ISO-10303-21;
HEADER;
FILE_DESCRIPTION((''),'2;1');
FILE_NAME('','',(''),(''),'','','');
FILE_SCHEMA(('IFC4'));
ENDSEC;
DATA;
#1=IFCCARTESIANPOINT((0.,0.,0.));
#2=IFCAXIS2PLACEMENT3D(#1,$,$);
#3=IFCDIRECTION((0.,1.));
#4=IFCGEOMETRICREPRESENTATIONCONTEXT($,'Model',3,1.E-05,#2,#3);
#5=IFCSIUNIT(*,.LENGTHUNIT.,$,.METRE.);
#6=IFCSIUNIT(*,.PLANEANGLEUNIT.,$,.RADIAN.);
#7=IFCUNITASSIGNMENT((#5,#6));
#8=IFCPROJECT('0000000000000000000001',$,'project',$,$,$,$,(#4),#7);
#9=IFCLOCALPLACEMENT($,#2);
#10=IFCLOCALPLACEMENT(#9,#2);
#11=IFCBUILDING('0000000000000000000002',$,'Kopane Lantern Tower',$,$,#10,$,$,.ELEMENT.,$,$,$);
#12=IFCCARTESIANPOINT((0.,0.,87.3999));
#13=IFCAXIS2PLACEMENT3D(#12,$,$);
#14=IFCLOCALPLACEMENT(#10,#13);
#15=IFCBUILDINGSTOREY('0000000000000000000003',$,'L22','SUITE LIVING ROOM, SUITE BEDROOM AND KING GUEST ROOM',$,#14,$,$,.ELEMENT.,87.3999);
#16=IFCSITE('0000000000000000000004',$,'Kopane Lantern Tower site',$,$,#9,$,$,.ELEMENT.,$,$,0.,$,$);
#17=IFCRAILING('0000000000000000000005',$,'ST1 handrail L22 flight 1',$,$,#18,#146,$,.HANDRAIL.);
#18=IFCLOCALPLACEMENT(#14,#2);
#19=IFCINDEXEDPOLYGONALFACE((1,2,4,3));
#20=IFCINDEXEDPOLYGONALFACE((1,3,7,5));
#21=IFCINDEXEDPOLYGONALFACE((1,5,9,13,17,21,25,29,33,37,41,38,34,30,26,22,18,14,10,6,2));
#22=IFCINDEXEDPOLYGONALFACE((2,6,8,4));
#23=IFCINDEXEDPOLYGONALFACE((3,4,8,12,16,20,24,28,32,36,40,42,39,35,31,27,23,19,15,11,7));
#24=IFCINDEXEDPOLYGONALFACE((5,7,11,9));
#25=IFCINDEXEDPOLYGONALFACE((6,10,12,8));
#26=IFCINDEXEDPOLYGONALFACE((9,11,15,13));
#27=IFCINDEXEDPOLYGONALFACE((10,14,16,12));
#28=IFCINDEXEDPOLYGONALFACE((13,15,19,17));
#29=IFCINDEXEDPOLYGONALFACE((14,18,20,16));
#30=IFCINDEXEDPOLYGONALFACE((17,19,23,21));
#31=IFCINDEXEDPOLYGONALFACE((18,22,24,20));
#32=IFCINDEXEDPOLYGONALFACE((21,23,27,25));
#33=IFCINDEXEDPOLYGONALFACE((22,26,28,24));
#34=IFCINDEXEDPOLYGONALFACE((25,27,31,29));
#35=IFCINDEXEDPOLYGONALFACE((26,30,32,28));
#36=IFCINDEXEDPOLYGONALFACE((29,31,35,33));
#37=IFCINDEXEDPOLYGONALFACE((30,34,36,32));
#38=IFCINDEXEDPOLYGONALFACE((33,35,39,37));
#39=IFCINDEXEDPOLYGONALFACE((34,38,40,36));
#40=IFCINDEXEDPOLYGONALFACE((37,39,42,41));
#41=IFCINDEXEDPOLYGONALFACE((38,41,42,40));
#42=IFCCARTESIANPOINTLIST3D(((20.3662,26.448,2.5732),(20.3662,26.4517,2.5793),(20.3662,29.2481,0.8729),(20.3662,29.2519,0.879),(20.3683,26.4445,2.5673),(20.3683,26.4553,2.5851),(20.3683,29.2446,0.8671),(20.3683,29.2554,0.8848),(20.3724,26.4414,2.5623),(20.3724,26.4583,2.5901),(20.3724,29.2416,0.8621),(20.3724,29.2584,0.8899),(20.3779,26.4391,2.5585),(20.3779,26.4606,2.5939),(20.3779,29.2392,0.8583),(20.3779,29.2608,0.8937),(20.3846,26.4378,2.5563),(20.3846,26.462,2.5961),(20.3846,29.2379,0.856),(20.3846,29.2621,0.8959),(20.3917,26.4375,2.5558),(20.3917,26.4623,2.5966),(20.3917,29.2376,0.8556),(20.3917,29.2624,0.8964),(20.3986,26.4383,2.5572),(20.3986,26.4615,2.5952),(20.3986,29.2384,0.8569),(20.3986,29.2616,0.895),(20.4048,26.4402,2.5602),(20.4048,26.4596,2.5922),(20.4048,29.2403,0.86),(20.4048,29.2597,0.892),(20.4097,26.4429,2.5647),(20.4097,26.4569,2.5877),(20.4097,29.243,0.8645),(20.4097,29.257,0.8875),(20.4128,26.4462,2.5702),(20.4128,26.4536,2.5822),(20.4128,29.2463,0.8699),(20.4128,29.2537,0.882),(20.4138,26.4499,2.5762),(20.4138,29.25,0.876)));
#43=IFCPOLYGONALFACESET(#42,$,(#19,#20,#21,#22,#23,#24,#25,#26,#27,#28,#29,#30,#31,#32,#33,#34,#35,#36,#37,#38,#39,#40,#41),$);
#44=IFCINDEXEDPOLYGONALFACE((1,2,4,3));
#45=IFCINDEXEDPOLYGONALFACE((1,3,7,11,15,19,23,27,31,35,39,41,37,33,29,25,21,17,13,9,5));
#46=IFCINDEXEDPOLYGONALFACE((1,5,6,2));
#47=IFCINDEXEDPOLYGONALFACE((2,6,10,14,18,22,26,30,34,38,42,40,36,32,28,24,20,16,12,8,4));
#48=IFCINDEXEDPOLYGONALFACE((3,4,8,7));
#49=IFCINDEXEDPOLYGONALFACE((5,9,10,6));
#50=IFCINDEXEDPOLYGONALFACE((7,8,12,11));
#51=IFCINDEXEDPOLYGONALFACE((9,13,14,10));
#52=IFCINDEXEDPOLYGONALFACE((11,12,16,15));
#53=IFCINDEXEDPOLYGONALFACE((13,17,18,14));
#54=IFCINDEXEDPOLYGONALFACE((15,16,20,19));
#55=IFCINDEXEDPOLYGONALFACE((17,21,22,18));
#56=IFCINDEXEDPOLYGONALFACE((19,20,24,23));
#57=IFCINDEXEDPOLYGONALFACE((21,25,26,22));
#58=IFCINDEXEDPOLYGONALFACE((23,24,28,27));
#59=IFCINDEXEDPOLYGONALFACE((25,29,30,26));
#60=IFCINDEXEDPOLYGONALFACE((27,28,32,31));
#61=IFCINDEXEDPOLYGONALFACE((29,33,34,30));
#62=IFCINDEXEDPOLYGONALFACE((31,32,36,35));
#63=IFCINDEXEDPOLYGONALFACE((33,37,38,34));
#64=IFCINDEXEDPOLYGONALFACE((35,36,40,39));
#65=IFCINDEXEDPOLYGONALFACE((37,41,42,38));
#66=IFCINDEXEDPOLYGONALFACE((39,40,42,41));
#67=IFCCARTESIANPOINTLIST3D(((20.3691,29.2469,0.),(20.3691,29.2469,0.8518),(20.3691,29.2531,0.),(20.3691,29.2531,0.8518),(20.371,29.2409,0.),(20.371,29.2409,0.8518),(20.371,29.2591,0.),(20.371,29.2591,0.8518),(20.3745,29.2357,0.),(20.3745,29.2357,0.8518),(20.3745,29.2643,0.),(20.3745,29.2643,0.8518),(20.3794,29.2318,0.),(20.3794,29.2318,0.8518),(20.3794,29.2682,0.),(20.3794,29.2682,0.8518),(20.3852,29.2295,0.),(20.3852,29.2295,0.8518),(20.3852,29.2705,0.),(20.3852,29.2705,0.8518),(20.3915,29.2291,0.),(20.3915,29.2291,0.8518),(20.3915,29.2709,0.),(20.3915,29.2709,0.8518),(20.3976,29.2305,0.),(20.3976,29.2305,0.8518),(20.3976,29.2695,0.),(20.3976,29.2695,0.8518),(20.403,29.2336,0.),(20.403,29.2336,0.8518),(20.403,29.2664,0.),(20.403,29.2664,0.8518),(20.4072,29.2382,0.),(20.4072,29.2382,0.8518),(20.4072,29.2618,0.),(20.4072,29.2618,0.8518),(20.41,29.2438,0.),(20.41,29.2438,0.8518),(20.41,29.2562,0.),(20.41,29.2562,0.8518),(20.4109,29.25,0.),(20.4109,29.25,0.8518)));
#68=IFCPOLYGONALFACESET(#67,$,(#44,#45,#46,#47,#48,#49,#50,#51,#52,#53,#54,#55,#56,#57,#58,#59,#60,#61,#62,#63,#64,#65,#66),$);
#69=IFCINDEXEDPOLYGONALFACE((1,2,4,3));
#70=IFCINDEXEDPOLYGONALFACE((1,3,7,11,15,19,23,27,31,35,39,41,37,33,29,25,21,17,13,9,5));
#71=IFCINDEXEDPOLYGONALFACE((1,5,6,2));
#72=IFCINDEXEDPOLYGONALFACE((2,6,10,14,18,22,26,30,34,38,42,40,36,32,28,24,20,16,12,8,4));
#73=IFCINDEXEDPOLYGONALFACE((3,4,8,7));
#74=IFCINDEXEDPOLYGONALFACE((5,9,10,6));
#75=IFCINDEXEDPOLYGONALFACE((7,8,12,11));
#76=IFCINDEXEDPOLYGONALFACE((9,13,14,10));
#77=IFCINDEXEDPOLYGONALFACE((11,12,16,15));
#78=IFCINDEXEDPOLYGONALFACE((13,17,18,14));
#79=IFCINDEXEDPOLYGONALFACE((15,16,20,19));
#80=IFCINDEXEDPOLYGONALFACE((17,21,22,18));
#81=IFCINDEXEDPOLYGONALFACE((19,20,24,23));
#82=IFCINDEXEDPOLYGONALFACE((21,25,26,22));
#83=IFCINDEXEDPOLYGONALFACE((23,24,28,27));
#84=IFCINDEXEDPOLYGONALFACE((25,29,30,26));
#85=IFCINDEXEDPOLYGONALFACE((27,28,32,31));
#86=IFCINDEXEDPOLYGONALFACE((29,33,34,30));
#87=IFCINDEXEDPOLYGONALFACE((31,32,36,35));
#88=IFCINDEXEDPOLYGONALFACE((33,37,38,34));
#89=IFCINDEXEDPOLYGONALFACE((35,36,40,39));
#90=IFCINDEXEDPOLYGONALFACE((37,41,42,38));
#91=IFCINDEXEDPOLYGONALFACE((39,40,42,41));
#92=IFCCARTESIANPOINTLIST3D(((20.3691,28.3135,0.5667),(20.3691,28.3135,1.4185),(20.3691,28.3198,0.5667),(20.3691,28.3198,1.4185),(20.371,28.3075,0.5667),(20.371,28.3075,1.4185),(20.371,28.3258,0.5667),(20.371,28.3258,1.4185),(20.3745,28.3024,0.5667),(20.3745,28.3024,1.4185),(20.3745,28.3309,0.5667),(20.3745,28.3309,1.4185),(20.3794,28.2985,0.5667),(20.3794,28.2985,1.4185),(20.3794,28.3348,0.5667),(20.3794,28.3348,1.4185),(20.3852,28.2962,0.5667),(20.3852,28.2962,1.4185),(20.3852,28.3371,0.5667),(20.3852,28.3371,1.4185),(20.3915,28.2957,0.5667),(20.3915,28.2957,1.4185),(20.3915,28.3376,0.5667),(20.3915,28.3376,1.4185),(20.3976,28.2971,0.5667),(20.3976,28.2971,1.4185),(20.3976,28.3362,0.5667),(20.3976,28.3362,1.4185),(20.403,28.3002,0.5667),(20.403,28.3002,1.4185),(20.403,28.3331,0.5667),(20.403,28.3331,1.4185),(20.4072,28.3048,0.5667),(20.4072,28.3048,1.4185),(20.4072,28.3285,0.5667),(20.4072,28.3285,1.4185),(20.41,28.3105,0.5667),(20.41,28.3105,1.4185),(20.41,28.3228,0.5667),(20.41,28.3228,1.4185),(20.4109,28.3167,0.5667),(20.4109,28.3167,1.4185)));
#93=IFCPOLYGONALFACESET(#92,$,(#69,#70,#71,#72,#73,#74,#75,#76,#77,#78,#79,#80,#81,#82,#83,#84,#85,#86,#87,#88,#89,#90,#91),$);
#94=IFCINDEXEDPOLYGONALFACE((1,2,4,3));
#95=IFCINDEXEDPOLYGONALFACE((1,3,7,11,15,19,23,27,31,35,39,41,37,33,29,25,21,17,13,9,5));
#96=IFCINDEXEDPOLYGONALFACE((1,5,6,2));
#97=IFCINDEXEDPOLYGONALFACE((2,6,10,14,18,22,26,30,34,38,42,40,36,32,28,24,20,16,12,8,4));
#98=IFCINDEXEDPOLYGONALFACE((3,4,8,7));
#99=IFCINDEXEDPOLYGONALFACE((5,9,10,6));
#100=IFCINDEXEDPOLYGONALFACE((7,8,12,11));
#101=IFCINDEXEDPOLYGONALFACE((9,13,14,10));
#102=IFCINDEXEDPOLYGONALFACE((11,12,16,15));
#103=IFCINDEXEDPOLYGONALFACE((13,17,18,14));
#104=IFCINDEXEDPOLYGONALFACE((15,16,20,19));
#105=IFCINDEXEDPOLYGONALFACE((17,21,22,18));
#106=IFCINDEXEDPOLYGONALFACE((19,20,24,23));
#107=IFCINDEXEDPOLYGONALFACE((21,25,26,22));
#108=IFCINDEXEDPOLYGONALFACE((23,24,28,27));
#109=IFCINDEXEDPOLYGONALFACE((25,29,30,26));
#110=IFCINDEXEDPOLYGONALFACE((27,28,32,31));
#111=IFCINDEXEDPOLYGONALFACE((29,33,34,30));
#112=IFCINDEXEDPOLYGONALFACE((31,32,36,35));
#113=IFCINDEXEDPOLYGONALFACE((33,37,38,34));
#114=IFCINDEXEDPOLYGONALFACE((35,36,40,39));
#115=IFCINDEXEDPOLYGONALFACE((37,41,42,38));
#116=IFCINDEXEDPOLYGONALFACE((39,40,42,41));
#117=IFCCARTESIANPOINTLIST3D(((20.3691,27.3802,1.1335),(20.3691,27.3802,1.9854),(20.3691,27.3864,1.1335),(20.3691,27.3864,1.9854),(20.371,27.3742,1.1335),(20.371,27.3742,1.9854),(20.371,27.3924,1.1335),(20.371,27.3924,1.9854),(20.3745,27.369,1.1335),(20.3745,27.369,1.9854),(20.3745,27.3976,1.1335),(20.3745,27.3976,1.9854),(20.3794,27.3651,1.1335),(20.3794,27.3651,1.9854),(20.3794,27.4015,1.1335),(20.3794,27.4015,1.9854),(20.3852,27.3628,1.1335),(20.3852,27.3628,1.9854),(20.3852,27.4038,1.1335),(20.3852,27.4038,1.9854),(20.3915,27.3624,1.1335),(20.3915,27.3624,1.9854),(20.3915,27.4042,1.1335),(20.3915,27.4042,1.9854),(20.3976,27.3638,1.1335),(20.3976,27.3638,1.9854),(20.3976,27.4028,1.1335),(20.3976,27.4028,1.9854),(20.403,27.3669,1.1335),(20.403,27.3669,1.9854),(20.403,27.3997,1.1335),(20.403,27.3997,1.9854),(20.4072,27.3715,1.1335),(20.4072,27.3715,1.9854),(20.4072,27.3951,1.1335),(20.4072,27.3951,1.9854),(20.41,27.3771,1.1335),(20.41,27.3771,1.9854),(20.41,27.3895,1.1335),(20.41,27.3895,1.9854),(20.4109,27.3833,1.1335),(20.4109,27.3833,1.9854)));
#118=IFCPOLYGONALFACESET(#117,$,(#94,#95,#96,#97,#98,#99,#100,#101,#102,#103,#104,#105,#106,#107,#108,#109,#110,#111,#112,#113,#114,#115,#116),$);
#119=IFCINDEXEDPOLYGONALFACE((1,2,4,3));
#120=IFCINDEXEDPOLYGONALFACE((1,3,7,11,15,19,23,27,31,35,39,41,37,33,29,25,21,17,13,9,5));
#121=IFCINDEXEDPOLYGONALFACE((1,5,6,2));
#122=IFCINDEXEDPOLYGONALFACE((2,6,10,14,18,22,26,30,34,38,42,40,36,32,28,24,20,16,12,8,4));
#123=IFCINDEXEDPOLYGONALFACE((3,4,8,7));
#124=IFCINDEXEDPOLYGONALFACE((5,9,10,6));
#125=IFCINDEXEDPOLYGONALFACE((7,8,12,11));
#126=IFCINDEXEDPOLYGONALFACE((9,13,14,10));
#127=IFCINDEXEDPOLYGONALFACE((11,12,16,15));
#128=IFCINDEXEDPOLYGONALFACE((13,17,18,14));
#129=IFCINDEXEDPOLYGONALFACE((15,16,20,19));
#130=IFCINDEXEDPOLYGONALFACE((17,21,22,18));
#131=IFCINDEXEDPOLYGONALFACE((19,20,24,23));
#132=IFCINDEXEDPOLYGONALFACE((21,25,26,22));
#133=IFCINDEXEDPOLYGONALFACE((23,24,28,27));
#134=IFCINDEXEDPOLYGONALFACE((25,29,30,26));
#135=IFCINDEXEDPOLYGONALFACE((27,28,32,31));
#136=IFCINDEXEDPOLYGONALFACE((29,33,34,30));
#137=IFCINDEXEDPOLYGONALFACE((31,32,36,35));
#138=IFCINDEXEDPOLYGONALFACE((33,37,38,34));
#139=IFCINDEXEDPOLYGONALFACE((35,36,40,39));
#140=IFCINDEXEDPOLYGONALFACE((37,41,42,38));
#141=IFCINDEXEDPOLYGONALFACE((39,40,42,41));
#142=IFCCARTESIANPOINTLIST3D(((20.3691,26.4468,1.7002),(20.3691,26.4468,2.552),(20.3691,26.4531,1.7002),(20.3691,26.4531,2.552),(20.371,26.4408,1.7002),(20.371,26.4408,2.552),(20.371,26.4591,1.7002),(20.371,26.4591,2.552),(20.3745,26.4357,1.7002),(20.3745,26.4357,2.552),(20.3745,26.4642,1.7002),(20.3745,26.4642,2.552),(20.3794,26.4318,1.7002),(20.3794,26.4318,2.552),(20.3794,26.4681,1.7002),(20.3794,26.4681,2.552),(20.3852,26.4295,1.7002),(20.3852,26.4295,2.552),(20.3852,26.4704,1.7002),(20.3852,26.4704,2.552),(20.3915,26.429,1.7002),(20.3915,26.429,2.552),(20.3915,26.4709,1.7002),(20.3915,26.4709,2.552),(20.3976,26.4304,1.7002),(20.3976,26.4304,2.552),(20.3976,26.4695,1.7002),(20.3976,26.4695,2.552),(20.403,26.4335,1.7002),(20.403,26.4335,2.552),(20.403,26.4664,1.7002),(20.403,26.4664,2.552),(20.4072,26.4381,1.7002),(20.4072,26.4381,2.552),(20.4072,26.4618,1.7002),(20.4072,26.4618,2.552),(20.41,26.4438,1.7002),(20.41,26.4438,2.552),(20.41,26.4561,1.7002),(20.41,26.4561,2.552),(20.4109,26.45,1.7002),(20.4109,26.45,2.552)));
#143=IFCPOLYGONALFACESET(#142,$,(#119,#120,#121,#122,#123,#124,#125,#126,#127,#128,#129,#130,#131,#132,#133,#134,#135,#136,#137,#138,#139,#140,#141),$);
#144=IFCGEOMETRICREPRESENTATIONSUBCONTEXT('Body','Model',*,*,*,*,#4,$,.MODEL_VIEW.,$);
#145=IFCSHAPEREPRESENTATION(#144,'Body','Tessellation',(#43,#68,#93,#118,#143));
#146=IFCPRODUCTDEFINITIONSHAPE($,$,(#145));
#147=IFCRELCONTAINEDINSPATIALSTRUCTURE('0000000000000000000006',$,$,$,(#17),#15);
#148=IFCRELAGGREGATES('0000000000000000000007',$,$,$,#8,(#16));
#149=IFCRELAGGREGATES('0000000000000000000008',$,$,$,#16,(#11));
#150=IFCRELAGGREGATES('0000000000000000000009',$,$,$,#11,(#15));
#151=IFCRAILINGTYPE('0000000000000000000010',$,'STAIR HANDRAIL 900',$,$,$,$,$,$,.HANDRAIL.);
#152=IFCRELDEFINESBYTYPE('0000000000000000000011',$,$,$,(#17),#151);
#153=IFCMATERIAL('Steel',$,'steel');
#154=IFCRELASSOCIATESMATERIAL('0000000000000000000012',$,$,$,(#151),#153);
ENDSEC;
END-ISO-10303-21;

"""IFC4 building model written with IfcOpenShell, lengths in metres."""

from ifc_helpers import new_model, si_unit, direction, frame, origin, origin_2d, place, context, subcontext, project, spatial, circle, extrude, material, type_object, element, save


model = new_model("IFC4")

# Units and contexts
model_context = context("Model", 3, precision=1e-05, world=origin(), true_north=direction((0.0, 1.0)))
body_context = subcontext(model_context, "Body", "Model", "MODEL_VIEW")
ifc_project = project(units=[si_unit("LENGTHUNIT", "METRE"), si_unit("PLANEANGLEUNIT", "RADIAN")], contexts=[model_context])

# Site, building, storey
site_placement = place(None, origin())
site = spatial("IfcSite", under=ifc_project, at=site_placement, Name="Kopane Lantern Tower site", CompositionType="ELEMENT", RefElevation=0.0)
building_placement = place(site_placement, origin())
building = spatial("IfcBuilding", under=site, at=building_placement, Name="Kopane Lantern Tower", CompositionType="ELEMENT")
storey_placement = place(building_placement, frame((0.0, 0.0, 87.3999)))
storey = spatial("IfcBuildingStorey", under=building, at=storey_placement, Name="L22", Description="SUITE LIVING ROOM, SUITE BEDROOM AND KING GUEST ROOM", CompositionType="ELEMENT", Elevation=87.3999)

# Railing
ifc_material_1 = material(Name="Steel", Category="steel")
railing_type = type_object("IfcRailingType", Name="STAIR HANDRAIL 900", PredefinedType="HANDRAIL", material=ifc_material_1)
railing_placement = place(storey_placement, frame((20.3899, 29.25, 0.0)))
element("IfcRailing", 1, at=railing_placement, inside=storey, type_object=railing_type, Name="ST1 handrail L22 flight 1", PredefinedType="HANDRAIL", context=body_context, shape_type="SweptSolid", body=[
    extrude(circle(Radius=0.0239, at=origin_2d()), frame((0.0, 0.0, 0.876), z_axis=(0.0, -0.854765, 0.519015), x_axis=(1.0, 0.0, 0.0)), (0.0, 0.0, 1.0), 3.2759),
    extrude(circle(Radius=0.021, at=origin_2d()), origin(), (0.0, 0.0, 1.0), 0.8518),
    extrude(circle(Radius=0.021, at=origin_2d()), frame((0.0, -0.9333, 0.5667)), (0.0, 0.0, 1.0), 0.8518),
    extrude(circle(Radius=0.021, at=origin_2d()), frame((0.0, -1.8667, 1.1335)), (0.0, 0.0, 1.0), 0.8518),
    extrude(circle(Radius=0.021, at=origin_2d()), frame((0.0, -2.8, 1.7002)), (0.0, 0.0, 1.0), 0.8518),
])

save(model, "model.ifc")
